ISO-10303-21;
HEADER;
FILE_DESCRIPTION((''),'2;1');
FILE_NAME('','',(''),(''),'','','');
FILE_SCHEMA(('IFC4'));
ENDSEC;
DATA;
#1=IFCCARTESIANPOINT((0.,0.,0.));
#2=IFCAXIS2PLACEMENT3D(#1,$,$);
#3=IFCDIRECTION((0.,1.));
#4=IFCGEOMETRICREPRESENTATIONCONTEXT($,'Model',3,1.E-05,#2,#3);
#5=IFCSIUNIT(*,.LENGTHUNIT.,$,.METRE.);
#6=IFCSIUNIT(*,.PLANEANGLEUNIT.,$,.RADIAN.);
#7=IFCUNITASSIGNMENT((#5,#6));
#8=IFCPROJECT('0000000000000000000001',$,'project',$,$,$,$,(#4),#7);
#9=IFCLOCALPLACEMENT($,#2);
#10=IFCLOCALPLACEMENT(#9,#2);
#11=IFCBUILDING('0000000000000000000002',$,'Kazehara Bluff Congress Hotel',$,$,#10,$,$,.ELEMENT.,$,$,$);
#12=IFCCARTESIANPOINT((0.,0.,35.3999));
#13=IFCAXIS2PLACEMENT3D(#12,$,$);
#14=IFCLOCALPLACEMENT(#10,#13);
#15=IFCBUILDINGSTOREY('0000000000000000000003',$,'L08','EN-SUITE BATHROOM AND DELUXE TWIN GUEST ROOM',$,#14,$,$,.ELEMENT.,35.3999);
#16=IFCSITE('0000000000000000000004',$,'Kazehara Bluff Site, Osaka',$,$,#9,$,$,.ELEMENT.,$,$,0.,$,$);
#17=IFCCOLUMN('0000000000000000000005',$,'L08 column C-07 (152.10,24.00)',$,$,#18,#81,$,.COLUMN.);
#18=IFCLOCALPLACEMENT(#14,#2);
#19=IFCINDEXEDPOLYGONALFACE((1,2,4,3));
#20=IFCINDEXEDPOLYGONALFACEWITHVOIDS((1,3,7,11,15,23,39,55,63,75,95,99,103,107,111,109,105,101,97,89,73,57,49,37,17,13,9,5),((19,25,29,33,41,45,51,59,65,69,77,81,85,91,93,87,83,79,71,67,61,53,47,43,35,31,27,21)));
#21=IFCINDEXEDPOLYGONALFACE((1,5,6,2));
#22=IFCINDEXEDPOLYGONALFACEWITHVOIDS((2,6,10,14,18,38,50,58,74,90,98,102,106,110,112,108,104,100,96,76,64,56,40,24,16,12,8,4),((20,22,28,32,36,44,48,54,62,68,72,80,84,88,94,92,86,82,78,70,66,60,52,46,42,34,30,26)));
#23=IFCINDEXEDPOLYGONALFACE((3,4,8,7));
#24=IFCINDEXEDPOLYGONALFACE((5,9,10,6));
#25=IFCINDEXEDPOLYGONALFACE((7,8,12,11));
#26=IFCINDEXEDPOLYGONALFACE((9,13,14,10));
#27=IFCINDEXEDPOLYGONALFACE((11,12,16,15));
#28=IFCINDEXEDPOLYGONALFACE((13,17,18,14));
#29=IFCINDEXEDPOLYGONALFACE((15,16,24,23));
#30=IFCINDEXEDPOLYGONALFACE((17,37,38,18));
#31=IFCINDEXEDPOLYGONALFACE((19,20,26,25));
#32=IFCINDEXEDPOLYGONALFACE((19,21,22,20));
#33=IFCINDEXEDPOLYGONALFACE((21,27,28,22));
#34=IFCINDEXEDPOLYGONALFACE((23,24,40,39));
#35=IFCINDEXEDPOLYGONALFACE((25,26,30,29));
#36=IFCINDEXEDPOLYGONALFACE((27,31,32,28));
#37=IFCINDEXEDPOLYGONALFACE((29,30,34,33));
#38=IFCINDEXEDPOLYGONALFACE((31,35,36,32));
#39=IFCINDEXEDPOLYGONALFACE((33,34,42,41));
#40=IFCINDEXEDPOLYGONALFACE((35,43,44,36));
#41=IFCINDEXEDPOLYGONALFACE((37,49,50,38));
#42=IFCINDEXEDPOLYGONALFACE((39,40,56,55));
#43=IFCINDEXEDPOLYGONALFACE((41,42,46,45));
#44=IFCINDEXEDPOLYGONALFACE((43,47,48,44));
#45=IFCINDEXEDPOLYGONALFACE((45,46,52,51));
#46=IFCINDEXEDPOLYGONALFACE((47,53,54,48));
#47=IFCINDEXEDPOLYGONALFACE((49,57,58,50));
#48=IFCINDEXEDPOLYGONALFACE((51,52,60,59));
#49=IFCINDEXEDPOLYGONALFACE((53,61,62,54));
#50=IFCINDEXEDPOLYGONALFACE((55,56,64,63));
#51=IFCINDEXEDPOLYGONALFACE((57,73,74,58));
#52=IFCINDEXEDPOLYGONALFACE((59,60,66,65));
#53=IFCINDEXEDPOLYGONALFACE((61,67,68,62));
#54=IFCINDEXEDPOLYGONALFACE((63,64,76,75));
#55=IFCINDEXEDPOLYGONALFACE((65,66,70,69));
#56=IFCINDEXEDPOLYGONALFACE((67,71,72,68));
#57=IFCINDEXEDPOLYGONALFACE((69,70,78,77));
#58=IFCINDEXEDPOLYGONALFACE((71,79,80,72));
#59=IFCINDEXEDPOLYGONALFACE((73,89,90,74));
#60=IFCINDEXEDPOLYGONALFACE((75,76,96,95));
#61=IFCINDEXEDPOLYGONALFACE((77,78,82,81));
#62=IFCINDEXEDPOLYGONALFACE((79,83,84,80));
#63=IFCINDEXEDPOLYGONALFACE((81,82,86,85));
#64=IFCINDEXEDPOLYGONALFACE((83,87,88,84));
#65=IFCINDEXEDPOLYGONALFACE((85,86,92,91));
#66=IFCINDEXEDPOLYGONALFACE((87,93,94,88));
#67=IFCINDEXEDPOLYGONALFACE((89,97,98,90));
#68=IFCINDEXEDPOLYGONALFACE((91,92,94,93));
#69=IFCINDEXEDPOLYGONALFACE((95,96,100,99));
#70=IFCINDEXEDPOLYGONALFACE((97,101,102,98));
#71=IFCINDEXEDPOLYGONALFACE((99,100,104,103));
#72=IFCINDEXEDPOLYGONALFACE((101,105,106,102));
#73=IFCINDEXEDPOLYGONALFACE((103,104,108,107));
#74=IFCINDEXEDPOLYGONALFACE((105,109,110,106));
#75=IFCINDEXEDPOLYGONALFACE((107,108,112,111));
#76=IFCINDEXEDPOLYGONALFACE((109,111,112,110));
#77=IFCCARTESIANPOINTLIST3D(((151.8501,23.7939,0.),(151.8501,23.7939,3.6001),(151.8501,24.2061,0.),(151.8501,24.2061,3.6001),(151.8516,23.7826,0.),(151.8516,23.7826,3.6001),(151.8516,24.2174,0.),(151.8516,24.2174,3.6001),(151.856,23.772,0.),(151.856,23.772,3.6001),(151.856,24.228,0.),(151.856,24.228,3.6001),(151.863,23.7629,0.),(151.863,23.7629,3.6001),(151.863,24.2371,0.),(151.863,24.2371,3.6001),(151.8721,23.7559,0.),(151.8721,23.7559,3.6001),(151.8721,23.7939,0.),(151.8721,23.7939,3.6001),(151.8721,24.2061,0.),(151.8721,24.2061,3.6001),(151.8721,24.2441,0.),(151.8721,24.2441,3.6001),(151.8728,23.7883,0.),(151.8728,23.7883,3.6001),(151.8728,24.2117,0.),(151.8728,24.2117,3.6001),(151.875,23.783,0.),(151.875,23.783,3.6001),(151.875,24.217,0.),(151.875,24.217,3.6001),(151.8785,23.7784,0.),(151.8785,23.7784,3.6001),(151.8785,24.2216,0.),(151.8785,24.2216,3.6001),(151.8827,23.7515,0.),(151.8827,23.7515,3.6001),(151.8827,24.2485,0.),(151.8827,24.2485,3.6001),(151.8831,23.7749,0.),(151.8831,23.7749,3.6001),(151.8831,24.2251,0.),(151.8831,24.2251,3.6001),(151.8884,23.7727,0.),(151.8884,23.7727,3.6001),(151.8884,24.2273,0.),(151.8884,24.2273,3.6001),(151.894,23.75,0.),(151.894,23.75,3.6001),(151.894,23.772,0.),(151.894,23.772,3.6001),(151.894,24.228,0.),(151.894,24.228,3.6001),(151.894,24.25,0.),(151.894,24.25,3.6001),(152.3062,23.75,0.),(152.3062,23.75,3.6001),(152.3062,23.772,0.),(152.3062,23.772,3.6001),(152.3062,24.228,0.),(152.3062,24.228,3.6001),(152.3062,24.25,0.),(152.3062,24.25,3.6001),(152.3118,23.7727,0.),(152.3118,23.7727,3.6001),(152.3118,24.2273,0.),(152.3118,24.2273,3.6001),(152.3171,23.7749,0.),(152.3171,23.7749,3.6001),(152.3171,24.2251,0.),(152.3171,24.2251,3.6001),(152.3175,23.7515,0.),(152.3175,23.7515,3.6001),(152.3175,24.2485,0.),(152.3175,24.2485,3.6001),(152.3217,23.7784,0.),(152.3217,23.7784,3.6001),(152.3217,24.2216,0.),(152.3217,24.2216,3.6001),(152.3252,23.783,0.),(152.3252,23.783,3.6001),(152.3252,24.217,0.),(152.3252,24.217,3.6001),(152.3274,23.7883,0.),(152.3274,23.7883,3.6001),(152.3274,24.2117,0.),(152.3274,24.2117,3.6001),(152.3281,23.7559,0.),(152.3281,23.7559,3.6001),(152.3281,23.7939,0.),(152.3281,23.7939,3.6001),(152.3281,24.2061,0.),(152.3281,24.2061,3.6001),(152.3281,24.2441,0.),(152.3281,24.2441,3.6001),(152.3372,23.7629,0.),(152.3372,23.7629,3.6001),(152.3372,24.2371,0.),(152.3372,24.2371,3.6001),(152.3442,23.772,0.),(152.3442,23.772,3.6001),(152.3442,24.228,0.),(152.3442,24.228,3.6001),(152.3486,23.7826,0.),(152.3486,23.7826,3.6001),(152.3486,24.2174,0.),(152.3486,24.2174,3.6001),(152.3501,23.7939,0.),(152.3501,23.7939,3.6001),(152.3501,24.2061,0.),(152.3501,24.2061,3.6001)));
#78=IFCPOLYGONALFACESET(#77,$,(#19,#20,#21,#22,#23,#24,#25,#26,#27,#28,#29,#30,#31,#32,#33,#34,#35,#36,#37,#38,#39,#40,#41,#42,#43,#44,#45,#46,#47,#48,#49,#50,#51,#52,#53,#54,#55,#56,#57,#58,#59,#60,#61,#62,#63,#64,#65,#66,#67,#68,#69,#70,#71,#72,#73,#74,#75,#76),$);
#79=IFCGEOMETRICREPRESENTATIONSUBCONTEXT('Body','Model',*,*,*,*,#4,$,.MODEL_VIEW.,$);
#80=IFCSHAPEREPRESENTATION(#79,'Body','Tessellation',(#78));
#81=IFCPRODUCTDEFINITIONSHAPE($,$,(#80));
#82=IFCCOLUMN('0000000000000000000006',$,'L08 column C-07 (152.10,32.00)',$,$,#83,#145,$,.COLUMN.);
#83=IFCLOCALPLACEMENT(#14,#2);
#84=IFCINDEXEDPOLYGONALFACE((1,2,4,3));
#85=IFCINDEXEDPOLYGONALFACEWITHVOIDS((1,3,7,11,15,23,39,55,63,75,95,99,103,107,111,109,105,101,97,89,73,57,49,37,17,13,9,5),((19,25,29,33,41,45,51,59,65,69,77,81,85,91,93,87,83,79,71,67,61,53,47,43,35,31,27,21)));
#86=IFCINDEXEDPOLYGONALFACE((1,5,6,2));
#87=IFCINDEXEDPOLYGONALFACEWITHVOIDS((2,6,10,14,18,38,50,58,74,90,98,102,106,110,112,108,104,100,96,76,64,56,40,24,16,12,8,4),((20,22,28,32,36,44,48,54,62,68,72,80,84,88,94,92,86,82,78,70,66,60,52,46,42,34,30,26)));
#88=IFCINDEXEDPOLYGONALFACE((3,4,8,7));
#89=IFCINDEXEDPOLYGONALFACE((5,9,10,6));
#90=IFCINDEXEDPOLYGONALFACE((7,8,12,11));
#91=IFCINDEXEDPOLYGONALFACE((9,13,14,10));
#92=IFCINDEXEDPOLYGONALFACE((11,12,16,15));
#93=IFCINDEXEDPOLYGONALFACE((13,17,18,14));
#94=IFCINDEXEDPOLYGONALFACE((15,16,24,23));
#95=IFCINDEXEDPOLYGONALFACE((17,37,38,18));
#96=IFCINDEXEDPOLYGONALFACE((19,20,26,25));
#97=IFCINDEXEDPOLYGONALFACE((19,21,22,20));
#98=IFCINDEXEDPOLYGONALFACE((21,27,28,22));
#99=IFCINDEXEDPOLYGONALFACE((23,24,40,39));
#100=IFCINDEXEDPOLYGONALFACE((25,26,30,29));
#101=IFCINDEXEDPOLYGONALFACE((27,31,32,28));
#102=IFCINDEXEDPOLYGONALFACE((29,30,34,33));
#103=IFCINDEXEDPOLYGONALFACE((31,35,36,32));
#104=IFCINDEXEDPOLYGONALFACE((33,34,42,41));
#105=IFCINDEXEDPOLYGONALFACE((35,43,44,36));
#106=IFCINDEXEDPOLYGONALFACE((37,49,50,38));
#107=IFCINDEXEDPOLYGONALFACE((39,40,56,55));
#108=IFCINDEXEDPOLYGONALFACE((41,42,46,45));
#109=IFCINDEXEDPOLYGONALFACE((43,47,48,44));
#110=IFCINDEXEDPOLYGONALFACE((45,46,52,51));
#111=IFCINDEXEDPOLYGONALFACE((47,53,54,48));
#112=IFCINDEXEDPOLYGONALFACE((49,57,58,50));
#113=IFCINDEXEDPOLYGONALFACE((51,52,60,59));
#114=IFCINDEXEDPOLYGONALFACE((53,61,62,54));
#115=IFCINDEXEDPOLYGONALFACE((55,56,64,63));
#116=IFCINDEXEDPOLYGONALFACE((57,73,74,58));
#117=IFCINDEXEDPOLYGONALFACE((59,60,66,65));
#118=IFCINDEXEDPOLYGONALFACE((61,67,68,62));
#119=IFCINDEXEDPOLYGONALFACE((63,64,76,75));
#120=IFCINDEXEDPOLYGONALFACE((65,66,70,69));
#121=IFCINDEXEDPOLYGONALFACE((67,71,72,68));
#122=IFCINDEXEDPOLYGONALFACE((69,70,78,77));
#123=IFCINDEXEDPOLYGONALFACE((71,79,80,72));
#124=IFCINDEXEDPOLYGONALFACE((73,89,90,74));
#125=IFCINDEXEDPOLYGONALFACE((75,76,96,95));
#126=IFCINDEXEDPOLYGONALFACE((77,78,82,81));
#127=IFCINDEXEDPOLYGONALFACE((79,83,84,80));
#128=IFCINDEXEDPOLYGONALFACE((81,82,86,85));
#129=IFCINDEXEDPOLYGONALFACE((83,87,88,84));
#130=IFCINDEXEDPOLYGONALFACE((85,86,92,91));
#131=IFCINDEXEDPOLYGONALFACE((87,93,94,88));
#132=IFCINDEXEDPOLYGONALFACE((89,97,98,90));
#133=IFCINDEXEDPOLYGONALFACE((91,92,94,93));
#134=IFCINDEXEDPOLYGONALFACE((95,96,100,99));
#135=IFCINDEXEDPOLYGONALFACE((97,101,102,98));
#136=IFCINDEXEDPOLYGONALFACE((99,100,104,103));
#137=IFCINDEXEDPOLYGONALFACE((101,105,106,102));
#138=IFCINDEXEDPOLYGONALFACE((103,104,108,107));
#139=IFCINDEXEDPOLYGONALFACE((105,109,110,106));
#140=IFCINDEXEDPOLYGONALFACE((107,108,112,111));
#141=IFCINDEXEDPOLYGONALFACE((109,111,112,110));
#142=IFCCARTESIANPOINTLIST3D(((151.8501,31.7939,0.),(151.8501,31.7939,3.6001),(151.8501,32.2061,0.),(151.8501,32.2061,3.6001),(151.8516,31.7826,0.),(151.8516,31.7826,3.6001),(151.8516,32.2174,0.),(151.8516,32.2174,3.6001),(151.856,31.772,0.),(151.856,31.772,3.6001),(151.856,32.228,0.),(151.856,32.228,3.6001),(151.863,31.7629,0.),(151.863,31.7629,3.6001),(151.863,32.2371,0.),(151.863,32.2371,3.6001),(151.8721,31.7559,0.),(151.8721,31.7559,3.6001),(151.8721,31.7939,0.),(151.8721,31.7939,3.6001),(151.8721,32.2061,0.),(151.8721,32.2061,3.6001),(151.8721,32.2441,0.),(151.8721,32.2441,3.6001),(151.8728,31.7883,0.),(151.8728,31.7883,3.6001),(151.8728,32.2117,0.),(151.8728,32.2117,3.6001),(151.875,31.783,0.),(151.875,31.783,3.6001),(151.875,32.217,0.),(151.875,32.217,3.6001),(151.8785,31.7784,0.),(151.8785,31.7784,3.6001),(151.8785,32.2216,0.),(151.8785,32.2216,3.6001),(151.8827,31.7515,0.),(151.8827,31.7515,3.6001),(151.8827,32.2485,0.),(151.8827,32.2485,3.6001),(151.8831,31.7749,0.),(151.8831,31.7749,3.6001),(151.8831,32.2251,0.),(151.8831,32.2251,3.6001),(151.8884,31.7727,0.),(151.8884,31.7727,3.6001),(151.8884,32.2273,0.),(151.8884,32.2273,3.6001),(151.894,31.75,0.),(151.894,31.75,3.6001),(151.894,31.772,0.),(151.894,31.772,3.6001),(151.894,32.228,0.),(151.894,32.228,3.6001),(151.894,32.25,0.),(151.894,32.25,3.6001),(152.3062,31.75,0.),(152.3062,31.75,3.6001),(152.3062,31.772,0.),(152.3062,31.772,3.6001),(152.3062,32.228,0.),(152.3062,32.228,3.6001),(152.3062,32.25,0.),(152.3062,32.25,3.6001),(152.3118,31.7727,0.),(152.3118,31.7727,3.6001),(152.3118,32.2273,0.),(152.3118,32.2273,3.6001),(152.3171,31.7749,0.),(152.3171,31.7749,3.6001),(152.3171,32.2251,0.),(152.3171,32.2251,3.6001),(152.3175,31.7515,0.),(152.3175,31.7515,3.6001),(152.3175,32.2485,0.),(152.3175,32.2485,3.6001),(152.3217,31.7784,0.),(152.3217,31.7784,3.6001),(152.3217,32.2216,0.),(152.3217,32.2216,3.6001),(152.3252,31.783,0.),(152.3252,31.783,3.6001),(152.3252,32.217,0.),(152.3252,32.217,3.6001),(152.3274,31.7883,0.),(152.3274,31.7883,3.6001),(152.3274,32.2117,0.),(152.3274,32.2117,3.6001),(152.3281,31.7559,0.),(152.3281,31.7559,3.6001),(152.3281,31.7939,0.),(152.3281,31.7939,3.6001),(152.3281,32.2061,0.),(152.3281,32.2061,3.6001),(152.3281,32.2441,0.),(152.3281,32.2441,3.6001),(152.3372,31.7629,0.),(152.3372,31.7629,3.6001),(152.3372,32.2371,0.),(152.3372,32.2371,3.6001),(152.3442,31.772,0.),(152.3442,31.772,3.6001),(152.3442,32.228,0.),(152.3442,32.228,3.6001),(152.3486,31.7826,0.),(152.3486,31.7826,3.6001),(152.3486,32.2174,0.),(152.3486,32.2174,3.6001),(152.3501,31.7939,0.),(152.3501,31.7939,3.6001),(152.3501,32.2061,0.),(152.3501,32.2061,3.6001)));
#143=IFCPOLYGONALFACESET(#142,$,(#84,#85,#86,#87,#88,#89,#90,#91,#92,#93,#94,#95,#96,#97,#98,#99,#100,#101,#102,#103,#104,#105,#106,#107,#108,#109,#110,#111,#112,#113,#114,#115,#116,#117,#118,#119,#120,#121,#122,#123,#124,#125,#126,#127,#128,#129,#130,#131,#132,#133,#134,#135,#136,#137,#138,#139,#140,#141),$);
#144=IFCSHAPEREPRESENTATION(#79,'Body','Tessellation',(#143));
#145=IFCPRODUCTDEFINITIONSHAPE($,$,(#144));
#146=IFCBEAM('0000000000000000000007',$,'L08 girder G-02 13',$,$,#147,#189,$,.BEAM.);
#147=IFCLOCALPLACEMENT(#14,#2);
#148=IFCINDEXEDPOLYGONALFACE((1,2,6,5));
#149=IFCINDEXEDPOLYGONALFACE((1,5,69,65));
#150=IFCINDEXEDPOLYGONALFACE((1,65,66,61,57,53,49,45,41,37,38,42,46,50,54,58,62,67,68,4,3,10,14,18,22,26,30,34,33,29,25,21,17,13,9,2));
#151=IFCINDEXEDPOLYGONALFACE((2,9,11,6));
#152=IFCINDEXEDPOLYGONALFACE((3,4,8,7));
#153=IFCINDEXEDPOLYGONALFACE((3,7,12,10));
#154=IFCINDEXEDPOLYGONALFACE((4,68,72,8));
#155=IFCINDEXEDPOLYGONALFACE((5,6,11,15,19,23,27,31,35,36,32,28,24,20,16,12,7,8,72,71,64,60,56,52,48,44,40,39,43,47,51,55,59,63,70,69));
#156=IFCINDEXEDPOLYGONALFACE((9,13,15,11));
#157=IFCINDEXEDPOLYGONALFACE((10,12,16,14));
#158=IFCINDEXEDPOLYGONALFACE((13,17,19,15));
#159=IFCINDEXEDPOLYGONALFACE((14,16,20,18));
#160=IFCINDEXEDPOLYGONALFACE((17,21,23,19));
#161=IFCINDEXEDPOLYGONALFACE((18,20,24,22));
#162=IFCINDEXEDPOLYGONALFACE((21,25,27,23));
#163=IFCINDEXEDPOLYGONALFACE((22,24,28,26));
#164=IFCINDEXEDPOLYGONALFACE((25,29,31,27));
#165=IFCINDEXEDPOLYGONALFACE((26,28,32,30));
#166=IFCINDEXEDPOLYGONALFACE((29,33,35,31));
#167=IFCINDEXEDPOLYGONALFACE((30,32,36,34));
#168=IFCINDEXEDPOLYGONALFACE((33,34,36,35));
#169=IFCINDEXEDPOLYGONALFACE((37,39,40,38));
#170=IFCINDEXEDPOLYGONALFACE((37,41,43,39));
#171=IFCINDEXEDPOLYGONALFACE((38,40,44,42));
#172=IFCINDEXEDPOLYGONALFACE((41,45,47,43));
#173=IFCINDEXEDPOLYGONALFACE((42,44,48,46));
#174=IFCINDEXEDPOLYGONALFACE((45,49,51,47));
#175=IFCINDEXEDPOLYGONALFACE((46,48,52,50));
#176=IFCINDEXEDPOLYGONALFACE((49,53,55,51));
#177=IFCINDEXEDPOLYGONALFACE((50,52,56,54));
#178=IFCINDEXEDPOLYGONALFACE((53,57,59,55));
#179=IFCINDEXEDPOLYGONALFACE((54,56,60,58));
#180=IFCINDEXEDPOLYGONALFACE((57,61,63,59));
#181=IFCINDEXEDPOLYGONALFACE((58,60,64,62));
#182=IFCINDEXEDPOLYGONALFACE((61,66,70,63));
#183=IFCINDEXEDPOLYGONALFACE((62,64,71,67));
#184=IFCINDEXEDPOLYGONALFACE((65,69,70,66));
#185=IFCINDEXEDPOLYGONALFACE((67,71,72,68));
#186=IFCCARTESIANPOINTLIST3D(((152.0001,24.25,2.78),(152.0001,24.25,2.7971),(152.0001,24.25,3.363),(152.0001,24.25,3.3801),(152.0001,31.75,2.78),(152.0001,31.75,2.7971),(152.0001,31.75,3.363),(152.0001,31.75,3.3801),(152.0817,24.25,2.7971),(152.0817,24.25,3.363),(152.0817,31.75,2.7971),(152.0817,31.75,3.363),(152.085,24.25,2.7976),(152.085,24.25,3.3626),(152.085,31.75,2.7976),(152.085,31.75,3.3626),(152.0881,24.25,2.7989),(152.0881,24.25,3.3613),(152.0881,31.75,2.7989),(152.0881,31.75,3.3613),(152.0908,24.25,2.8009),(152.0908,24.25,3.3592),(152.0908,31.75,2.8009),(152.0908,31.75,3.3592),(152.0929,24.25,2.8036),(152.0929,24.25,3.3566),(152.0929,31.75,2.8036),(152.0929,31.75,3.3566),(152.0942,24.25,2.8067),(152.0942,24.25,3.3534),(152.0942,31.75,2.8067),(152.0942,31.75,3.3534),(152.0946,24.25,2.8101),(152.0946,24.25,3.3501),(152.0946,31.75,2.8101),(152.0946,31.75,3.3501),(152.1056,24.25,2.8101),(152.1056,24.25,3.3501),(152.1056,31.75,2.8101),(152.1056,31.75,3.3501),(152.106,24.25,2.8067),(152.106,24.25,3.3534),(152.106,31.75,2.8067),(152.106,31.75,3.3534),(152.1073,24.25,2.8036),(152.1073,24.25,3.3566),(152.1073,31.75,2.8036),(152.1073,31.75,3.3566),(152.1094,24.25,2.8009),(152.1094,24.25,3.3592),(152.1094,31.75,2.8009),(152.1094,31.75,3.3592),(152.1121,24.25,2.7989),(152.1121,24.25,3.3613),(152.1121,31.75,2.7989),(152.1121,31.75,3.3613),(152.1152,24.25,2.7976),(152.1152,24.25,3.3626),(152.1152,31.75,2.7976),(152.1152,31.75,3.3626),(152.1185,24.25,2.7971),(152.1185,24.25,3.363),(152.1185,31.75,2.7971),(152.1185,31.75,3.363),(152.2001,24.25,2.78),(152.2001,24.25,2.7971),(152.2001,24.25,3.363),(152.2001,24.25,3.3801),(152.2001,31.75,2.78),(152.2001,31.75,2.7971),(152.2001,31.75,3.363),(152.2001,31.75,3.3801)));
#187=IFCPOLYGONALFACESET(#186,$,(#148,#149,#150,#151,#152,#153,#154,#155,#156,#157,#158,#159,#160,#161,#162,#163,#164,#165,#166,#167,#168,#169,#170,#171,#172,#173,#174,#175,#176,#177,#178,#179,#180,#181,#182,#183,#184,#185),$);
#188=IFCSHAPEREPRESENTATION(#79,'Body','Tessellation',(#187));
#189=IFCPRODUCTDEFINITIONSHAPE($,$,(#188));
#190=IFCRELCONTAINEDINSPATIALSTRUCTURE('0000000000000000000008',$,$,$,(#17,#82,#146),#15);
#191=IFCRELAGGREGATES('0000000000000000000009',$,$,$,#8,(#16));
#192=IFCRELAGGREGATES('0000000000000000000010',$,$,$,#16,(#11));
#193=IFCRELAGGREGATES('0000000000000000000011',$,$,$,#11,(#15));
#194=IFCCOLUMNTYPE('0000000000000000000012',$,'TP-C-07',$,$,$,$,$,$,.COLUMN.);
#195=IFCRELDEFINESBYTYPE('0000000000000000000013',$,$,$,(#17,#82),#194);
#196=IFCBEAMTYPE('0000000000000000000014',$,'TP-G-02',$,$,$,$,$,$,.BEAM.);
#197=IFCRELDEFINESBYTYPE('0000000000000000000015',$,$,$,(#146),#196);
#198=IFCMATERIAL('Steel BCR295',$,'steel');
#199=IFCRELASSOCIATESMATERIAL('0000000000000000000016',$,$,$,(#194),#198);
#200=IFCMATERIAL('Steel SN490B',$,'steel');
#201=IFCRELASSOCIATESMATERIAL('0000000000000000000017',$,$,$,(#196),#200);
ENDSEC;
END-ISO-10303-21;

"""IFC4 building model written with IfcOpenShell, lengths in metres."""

from ifc_helpers import new_model, si_unit, direction, frame, origin, origin_2d, place, context, subcontext, project, spatial, hollow_rectangle, i_section, extrude, material, material_profile, profile_set, type_object, element, save


model = new_model("IFC4")

# Units and contexts
model_context = context("Model", 3, precision=1e-05, world=origin(), true_north=direction((0.0, 1.0)))
body_context = subcontext(model_context, "Body", "Model", "MODEL_VIEW")
ifc_project = project(units=[si_unit("LENGTHUNIT", "METRE"), si_unit("PLANEANGLEUNIT", "RADIAN")], contexts=[model_context])

# Site, building, storey
site_placement = place(None, origin())
site = spatial("IfcSite", under=ifc_project, at=site_placement, Name="Kazehara Bluff Site, Osaka", CompositionType="ELEMENT", RefElevation=0.0)
building_placement = place(site_placement, origin())
building = spatial("IfcBuilding", under=site, at=building_placement, Name="Kazehara Bluff Congress Hotel", CompositionType="ELEMENT")
storey_placement = place(building_placement, frame((0.0, 0.0, 35.3999)))
storey = spatial("IfcBuildingStorey", under=building, at=storey_placement, Name="L08", Description="EN-SUITE BATHROOM AND DELUXE TWIN GUEST ROOM", CompositionType="ELEMENT", Elevation=35.3999)

# Columns
ifc_material_1 = material(Name="Steel BCR295", Category="steel")
ifc_material_profile_1 = material_profile(ifc_material_1, hollow_rectangle(XDim=0.5, YDim=0.5, WallThickness=0.022, InnerFilletRadius=0.022, OuterFilletRadius=0.0439, at=origin_2d()))
ifc_profile_set_1 = profile_set([ifc_material_profile_1], Name="Steel BCR295")
column_type = type_object("IfcColumnType", Name="TP-C-07", PredefinedType="COLUMN", material=ifc_profile_set_1)
for number, where, z_axis, x_axis, name in (
    (1, (152.1001, 24.0, 0.0), (0.0, 0.0, 1.0), (1.0, 0.0, 0.0), "L08 column C-07 (152.10,24.00)"),
    (2, (152.1001, 32.0, 0.0), (0.0, 0.0, 1.0), (1.0, 0.0, 0.0), "L08 column C-07 (152.10,32.00)"),
):
    element("IfcColumn", number, at=place(storey_placement, frame(where, z_axis=z_axis, x_axis=x_axis)), inside=storey, type_object=column_type, Name=name, PredefinedType="COLUMN", context=body_context, shape_type="SweptSolid", body=[
        extrude(hollow_rectangle(XDim=0.5, YDim=0.5, WallThickness=0.022, InnerFilletRadius=0.022, OuterFilletRadius=0.0439, at=origin_2d()), origin(), (0.0, 0.0, 1.0), 3.6001),
    ])

# Beam
ifc_material_2 = material(Name="Steel SN490B", Category="steel")
ifc_material_profile_2 = material_profile(ifc_material_2, i_section(OverallWidth=0.2, OverallDepth=0.6001, WebThickness=0.011, FlangeThickness=0.0171, FilletRadius=0.0129, at=origin_2d()))
ifc_profile_set_2 = profile_set([ifc_material_profile_2], Name="Steel SN490B")
beam_type_1 = type_object("IfcBeamType", Name="TP-G-02", PredefinedType="BEAM", material=ifc_profile_set_2)
beam_1_placement = place(storey_placement, frame((152.1001, 24.25, 3.0801), z_axis=(0.0, 1.0, 0.0), x_axis=(-1.0, 0.0, 0.0)))
element("IfcBeam", 3, at=beam_1_placement, inside=storey, type_object=beam_type_1, Name="L08 girder G-02 13", PredefinedType="BEAM", context=body_context, shape_type="SweptSolid", body=[
    extrude(i_section(OverallWidth=0.2, OverallDepth=0.6001, WebThickness=0.011, FlangeThickness=0.0171, FilletRadius=0.0129, at=origin_2d()), origin(), (0.0, 0.0, 1.0), 7.5),
])

save(model, "model.ifc")
